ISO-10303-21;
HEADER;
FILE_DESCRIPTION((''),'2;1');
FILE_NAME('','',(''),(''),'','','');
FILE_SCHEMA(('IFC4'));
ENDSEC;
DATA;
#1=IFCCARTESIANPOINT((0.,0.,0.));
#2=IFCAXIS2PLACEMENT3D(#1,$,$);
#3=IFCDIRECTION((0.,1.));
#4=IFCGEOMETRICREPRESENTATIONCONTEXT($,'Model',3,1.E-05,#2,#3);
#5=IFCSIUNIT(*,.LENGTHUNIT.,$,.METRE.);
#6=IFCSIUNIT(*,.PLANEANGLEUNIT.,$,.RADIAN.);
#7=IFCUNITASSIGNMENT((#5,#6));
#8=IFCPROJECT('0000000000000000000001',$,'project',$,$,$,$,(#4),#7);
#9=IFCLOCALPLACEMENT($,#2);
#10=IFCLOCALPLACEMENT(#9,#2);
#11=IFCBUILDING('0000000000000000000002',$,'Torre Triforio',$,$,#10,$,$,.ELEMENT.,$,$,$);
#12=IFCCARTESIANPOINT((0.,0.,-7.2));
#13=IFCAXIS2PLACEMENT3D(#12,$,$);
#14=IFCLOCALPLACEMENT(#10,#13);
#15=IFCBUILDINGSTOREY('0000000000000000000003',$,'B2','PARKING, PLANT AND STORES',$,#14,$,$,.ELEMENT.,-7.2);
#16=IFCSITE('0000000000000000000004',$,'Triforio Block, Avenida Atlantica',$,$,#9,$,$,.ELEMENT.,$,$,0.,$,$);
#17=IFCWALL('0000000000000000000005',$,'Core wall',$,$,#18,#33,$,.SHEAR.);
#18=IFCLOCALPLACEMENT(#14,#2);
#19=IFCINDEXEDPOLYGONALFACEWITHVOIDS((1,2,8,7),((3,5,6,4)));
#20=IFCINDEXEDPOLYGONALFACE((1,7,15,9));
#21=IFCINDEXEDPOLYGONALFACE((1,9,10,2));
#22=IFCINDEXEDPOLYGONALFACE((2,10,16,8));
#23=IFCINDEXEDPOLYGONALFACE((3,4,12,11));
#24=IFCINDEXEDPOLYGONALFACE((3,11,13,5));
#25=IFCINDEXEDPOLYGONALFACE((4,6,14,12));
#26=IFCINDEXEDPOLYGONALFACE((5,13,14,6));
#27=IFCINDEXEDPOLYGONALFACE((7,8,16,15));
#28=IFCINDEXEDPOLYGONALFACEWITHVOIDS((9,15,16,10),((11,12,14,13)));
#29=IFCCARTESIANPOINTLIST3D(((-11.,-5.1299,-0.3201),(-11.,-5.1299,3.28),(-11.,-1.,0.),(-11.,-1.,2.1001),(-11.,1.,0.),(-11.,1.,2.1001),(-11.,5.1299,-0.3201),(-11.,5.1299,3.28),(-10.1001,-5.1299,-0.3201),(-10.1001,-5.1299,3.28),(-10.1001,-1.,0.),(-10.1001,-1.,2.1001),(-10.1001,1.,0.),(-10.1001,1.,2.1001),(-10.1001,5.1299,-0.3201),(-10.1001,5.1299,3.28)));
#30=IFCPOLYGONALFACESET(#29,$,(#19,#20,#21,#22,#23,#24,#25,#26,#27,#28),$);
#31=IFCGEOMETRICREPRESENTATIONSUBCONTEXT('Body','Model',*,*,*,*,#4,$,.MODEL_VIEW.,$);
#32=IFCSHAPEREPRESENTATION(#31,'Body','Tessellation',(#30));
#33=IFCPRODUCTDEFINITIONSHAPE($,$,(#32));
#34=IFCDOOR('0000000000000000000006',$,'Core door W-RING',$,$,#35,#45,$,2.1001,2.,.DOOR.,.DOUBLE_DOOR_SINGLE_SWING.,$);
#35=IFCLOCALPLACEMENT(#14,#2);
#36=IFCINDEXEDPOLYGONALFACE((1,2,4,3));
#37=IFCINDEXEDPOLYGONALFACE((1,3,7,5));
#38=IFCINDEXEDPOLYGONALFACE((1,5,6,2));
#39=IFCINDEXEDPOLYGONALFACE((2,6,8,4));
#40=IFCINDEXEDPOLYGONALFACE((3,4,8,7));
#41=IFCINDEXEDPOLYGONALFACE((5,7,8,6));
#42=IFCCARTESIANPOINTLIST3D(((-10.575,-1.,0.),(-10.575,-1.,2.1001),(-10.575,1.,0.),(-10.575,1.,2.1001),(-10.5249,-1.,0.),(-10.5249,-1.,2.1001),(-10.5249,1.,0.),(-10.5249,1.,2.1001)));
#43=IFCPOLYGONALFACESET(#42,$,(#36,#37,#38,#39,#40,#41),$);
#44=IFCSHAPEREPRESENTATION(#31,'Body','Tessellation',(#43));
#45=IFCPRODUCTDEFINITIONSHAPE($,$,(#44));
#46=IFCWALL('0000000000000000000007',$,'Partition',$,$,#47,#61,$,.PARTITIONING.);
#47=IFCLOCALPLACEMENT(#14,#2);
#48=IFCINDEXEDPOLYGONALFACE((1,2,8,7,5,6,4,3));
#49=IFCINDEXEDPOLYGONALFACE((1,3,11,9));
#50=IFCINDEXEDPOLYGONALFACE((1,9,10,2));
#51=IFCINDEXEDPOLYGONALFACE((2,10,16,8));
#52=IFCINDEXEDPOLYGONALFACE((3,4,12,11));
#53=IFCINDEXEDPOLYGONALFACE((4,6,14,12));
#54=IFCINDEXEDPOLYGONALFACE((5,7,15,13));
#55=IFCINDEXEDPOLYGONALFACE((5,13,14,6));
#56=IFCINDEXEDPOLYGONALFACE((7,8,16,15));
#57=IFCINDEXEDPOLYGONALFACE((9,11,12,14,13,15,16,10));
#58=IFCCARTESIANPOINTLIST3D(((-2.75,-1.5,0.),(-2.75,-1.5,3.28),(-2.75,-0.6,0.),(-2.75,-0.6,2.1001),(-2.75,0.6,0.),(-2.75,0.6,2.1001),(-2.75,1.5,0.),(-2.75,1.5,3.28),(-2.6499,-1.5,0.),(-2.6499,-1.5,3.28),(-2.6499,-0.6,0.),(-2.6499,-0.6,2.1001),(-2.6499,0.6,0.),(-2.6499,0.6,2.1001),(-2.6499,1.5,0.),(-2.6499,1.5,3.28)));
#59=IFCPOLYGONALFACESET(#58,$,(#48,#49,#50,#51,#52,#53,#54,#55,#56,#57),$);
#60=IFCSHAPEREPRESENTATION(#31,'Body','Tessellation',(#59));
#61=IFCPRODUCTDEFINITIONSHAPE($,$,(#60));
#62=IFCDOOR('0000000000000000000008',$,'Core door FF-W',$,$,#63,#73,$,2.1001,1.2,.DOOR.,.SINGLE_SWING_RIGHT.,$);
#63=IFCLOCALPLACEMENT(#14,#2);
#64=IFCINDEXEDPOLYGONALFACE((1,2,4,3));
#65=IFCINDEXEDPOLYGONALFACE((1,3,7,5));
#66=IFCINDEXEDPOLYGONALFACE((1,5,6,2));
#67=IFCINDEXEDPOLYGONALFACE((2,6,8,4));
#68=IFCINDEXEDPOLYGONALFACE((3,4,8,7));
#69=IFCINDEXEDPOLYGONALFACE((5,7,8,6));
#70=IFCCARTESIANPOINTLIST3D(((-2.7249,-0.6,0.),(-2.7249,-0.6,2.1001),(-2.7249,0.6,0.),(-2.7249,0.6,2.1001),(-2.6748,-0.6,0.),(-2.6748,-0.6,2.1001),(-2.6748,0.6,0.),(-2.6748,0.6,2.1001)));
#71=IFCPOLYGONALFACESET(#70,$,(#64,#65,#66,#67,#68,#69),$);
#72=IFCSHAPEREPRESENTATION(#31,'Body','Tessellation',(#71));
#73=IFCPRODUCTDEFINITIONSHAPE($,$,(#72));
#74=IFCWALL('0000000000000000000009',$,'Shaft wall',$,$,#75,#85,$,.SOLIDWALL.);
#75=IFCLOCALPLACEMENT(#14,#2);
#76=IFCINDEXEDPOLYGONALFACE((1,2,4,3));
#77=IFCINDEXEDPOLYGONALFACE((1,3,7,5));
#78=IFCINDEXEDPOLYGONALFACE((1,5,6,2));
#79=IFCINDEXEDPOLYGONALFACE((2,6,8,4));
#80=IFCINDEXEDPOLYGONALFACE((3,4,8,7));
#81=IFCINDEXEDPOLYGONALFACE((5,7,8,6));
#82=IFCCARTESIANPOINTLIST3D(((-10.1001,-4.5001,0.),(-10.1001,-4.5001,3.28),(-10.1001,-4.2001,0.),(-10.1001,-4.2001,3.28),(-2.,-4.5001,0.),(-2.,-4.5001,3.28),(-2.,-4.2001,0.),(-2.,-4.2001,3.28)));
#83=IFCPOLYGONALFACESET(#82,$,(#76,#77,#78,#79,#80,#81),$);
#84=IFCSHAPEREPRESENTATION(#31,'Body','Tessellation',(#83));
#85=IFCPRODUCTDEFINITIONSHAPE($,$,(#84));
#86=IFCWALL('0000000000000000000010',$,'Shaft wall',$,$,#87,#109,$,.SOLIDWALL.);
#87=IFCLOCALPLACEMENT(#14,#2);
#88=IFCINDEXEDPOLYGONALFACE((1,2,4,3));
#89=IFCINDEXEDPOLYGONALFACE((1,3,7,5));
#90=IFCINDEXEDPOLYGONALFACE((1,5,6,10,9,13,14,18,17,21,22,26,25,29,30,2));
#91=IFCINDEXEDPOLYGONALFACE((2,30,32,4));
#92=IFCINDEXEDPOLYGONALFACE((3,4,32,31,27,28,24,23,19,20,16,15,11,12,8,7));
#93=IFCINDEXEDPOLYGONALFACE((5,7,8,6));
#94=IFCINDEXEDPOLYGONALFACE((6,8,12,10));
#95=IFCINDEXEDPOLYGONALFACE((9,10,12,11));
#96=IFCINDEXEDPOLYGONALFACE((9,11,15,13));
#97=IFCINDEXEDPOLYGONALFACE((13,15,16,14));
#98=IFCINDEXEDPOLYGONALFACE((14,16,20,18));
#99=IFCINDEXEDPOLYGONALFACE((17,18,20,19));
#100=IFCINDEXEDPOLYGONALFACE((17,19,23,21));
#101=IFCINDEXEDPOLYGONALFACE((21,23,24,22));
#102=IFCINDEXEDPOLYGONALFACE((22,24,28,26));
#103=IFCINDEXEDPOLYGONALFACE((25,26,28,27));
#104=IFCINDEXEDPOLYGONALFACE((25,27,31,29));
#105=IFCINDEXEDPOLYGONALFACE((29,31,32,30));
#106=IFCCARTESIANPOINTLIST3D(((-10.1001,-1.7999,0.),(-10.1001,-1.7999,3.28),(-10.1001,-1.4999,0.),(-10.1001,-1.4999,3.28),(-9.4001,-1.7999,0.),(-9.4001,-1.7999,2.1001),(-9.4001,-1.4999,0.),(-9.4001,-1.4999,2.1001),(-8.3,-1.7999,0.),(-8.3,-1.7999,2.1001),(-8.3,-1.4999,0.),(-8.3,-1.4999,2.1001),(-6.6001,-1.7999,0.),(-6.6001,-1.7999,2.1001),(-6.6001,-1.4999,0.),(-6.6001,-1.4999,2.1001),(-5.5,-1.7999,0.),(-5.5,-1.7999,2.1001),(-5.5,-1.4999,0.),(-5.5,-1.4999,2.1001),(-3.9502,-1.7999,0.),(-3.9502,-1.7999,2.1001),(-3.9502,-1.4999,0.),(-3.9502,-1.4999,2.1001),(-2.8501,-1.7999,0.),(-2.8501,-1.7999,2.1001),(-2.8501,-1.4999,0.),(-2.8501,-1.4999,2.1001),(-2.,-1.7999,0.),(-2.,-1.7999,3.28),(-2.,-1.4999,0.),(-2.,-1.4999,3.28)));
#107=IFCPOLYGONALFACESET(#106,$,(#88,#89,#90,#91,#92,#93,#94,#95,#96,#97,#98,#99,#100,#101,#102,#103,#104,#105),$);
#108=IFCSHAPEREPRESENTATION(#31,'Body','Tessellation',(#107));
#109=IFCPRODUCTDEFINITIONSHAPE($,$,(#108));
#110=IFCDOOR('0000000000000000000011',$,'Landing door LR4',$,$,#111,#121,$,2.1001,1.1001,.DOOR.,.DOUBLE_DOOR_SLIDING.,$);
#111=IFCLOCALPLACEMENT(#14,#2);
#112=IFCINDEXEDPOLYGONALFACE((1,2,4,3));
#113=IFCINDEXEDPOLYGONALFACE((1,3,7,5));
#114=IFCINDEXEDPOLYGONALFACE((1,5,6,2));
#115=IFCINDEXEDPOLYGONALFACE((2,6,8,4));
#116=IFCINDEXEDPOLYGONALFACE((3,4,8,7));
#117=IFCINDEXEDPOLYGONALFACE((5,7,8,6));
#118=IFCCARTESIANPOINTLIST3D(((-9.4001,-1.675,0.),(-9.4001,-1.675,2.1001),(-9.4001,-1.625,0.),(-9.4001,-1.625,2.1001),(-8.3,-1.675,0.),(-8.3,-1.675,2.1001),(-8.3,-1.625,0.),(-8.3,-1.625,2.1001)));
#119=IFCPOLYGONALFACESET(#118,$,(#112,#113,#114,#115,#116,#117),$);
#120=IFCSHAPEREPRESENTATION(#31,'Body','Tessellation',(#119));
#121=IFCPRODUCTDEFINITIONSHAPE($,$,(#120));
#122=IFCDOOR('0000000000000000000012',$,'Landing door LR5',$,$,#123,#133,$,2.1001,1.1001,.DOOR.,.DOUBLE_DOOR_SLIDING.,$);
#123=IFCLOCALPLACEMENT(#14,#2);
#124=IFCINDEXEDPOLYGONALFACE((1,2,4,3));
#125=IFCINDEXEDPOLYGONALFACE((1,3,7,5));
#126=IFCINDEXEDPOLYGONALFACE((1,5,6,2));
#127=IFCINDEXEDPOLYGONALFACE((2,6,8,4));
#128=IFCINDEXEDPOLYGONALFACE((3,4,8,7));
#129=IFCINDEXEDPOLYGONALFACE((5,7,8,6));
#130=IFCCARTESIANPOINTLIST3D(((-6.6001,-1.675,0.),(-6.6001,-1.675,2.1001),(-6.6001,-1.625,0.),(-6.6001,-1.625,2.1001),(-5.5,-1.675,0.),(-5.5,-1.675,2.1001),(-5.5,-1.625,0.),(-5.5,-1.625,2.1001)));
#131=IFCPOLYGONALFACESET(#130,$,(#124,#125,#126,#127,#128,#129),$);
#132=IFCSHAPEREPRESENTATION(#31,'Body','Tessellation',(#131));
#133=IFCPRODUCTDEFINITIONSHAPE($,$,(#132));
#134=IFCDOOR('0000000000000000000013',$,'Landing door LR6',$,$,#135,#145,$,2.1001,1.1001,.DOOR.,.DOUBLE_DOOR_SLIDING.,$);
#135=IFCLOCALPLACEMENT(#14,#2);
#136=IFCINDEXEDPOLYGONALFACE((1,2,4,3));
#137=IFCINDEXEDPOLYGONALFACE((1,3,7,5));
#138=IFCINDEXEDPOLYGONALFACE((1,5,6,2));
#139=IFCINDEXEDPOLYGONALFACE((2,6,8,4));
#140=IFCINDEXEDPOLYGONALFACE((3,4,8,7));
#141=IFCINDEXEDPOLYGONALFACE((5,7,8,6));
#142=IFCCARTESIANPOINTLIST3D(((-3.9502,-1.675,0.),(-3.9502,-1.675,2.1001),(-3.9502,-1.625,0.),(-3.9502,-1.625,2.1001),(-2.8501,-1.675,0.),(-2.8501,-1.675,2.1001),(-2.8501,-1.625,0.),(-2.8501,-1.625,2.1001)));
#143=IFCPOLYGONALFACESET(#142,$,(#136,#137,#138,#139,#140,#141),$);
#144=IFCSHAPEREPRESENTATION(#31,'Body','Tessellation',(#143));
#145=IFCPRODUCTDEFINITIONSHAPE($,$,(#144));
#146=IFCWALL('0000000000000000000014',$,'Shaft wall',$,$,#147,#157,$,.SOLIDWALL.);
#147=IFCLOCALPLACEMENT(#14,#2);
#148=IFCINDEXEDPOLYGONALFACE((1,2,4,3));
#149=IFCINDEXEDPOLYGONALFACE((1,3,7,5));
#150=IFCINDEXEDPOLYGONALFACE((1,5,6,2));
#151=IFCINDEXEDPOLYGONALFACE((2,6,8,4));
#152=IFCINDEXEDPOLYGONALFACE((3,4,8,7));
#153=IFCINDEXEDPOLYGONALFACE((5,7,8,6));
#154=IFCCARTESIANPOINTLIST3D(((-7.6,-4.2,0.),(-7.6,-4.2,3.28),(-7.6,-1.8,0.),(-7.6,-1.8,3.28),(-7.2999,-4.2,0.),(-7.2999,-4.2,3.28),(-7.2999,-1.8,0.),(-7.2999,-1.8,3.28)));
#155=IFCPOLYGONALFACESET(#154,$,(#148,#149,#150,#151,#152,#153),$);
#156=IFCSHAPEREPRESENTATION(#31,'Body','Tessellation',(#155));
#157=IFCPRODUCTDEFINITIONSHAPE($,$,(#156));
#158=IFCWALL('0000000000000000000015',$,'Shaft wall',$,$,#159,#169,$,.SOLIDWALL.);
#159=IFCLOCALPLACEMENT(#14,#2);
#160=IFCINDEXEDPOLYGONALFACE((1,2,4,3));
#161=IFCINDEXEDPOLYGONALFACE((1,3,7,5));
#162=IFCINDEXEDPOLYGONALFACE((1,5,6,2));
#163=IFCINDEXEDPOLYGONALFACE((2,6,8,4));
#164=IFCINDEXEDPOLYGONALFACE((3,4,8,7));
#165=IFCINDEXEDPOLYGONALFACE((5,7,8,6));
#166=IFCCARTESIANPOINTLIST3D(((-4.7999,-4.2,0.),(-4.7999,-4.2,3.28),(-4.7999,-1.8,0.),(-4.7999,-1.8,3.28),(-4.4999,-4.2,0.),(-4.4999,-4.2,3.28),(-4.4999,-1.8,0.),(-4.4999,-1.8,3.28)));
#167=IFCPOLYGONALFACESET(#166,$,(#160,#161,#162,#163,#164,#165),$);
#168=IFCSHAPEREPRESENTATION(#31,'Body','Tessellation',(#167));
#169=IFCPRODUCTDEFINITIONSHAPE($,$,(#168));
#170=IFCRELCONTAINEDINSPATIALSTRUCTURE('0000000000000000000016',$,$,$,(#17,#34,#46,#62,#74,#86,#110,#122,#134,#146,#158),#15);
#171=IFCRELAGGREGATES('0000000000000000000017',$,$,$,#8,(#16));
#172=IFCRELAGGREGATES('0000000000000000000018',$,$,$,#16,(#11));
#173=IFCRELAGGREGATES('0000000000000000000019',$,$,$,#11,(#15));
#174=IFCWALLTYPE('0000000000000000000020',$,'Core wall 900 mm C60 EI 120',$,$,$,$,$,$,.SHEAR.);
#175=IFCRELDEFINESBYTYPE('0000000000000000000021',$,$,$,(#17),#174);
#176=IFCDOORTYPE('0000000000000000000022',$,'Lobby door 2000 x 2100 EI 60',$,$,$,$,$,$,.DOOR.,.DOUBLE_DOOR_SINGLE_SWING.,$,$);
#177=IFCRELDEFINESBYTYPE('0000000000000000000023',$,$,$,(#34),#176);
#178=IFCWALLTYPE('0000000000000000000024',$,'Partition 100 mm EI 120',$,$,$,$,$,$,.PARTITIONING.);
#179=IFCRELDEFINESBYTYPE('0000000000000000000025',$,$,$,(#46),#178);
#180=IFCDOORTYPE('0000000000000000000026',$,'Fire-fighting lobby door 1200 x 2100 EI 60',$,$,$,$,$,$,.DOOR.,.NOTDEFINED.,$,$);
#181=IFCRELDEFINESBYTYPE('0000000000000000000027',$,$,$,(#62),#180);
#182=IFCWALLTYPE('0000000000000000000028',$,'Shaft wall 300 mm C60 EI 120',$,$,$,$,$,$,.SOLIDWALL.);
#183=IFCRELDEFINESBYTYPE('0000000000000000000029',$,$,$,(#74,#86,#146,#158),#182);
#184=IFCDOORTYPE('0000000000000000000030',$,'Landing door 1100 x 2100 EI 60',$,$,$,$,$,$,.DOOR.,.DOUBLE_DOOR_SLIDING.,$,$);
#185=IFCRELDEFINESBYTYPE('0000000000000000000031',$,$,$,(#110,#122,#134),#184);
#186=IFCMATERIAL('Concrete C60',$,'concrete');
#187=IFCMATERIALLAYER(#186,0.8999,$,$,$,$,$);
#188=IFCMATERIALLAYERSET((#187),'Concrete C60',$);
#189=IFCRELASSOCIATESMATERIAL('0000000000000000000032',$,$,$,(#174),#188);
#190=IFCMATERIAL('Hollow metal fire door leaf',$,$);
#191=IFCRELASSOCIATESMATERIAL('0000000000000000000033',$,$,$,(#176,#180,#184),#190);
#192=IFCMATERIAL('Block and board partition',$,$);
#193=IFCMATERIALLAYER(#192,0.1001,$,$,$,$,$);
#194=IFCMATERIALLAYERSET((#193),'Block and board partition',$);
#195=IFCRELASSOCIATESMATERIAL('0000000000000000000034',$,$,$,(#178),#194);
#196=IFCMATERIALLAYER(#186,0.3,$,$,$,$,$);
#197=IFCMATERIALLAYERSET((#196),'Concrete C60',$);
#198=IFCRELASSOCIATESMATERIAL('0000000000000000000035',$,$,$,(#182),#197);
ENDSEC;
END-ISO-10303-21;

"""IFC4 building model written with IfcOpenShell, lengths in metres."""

from ifc_helpers import new_model, si_unit, direction, frame, frame_2d, origin, place, context, subcontext, project, spatial, rectangle, extrude, material, layer, layer_set, type_object, element, fill, save


model = new_model("IFC4")

# Units and contexts
model_context = context("Model", 3, precision=1e-05, world=origin(), true_north=direction((0.0, 1.0)))
body_context = subcontext(model_context, "Body", "Model", "MODEL_VIEW")
ifc_project = project(units=[si_unit("LENGTHUNIT", "METRE"), si_unit("PLANEANGLEUNIT", "RADIAN")], contexts=[model_context])

# Site, building, storey
site_placement = place(None, origin())
site = spatial("IfcSite", under=ifc_project, at=site_placement, Name="Triforio Block, Avenida Atlantica", CompositionType="ELEMENT", RefElevation=0.0)
building_placement = place(site_placement, origin())
building = spatial("IfcBuilding", under=site, at=building_placement, Name="Torre Triforio", CompositionType="ELEMENT")
storey_placement = place(building_placement, frame((0.0, 0.0, -7.2)))
storey = spatial("IfcBuildingStorey", under=building, at=storey_placement, Name="B2", Description="PARKING, PLANT AND STORES", CompositionType="ELEMENT", Elevation=-7.2)

# Walls, openings, doors
ifc_material_1 = material(Name="Concrete C60", Category="concrete")
ifc_layer_1 = layer(ifc_material_1, 0.8999)
ifc_layer_set_1 = layer_set([ifc_layer_1], Name="Concrete C60")
wall_type_1 = type_object("IfcWallType", Name="Core wall 900 mm C60 EI 120", PredefinedType="SHEAR", material=ifc_layer_set_1)
wall_1_placement = place(storey_placement, frame((-10.55, -5.1299, -0.3201), z_axis=(0.0, 0.0, 1.0), x_axis=(0.0, 1.0, 0.0)))
wall_1 = element("IfcWall", 1, at=wall_1_placement, inside=storey, type_object=wall_type_1, Name="Core wall", PredefinedType="SHEAR", context=body_context, shape_type="SweptSolid", body=[
    extrude(rectangle(XDim=10.2598, YDim=0.8999, at=frame_2d((5.1299, 0.0))), origin(), (0.0, 0.0, 1.0), 3.6001),
])
opening_1_placement = place(wall_1_placement, frame((4.1299, 0.0, 0.3201)))
opening_1 = element("IfcOpeningElement", 2, at=opening_1_placement, cuts=wall_1, PredefinedType="OPENING", context=body_context, shape_type="SweptSolid", body=[
    extrude(rectangle(XDim=2.0, YDim=2.1001, at=frame_2d((1.0, 1.05))), frame((0.0, 0.46, 0.0), z_axis=(0.0, -1.0, 0.0), x_axis=(1.0, 0.0, 0.0)), (0.0, 0.0, 1.0), 0.9199),
])
ifc_material_2 = material(Name="Hollow metal fire door leaf")
door_type_1 = type_object("IfcDoorType", Name="Lobby door 2000 x 2100 EI 60", OperationType="DOUBLE_DOOR_SINGLE_SWING", PredefinedType="DOOR", material=ifc_material_2)
door_1_placement = place(opening_1_placement, origin())
door_1 = element("IfcDoor", 3, at=door_1_placement, inside=storey, type_object=door_type_1, Name="Core door W-RING", OperationType="DOUBLE_DOOR_SINGLE_SWING", OverallHeight=2.1001, OverallWidth=2.0, PredefinedType="DOOR", context=body_context, shape_type="SweptSolid", body=[
    extrude(rectangle(XDim=2.0, YDim=2.1001, at=frame_2d((1.0, 1.05))), frame((0.0, 0.0249, 0.0), z_axis=(0.0, -1.0, 0.0), x_axis=(1.0, 0.0, 0.0)), (0.0, 0.0, 1.0), 0.05),
])
fill(opening_1, door_1)
ifc_material_3 = material(Name="Block and board partition")
ifc_layer_2 = layer(ifc_material_3, 0.1001)
ifc_layer_set_2 = layer_set([ifc_layer_2], Name="Block and board partition")
wall_type_2 = type_object("IfcWallType", Name="Partition 100 mm EI 120", PredefinedType="PARTITIONING", material=ifc_layer_set_2)
wall_2_placement = place(storey_placement, frame((-2.7, -1.5, 0.0), z_axis=(0.0, 0.0, 1.0), x_axis=(0.0, 1.0, 0.0)))
wall_2 = element("IfcWall", 4, at=wall_2_placement, inside=storey, type_object=wall_type_2, Name="Partition", PredefinedType="PARTITIONING", context=body_context, shape_type="SweptSolid", body=[
    extrude(rectangle(XDim=3.0, YDim=0.1001, at=frame_2d((1.5, 0.0))), origin(), (0.0, 0.0, 1.0), 3.28),
])
opening_2_placement = place(wall_2_placement, frame((0.8999, 0.0, 0.0)))
opening_2 = element("IfcOpeningElement", 5, at=opening_2_placement, cuts=wall_2, PredefinedType="OPENING", context=body_context, shape_type="SweptSolid", body=[
    extrude(rectangle(XDim=1.2, YDim=2.1001, at=frame_2d((0.6001, 1.05))), frame((0.0, 0.0601, 0.0), z_axis=(0.0, -1.0, 0.0), x_axis=(1.0, 0.0, 0.0)), (0.0, 0.0, 1.0), 0.1201),
])
door_type_2 = type_object("IfcDoorType", Name="Fire-fighting lobby door 1200 x 2100 EI 60", OperationType="NOTDEFINED", PredefinedType="DOOR", material=ifc_material_2)
door_2_placement = place(opening_2_placement, origin())
door_2 = element("IfcDoor", 6, at=door_2_placement, inside=storey, type_object=door_type_2, Name="Core door FF-W", OperationType="SINGLE_SWING_RIGHT", OverallHeight=2.1001, OverallWidth=1.2, PredefinedType="DOOR", context=body_context, shape_type="SweptSolid", body=[
    extrude(rectangle(XDim=1.2, YDim=2.1001, at=frame_2d((0.6001, 1.05))), frame((0.0, 0.0249, 0.0), z_axis=(0.0, -1.0, 0.0), x_axis=(1.0, 0.0, 0.0)), (0.0, 0.0, 1.0), 0.05),
])
fill(opening_2, door_2)

# Wall
ifc_layer_3 = layer(ifc_material_1, 0.3)
ifc_layer_set_3 = layer_set([ifc_layer_3], Name="Concrete C60")
wall_type_3 = type_object("IfcWallType", Name="Shaft wall 300 mm C60 EI 120", PredefinedType="SOLIDWALL", material=ifc_layer_set_3)
wall_3_placement = place(storey_placement, frame((-10.1001, -4.3501, 0.0), z_axis=(0.0, 0.0, 1.0), x_axis=(1.0, 0.0, 0.0)))
element("IfcWall", 7, at=wall_3_placement, inside=storey, type_object=wall_type_3, Name="Shaft wall", PredefinedType="SOLIDWALL", context=body_context, shape_type="SweptSolid", body=[
    extrude(rectangle(XDim=8.1001, YDim=0.3, at=frame_2d((4.05, 0.0))), origin(), (0.0, 0.0, 1.0), 3.28),
])

# Wall, openings, doors
wall_4_placement = place(storey_placement, frame((-10.1001, -1.6499, 0.0), z_axis=(0.0, 0.0, 1.0), x_axis=(1.0, 0.0, 0.0)))
wall_4 = element("IfcWall", 8, at=wall_4_placement, inside=storey, type_object=wall_type_3, Name="Shaft wall", PredefinedType="SOLIDWALL", context=body_context, shape_type="SweptSolid", body=[
    extrude(rectangle(XDim=8.1001, YDim=0.3, at=frame_2d((4.05, 0.0))), origin(), (0.0, 0.0, 1.0), 3.28),
])
opening_3_placement = place(wall_4_placement, frame((0.7, 0.0, 0.0)))
opening_3 = element("IfcOpeningElement", 9, at=opening_3_placement, cuts=wall_4, PredefinedType="OPENING", context=body_context, shape_type="SweptSolid", body=[
    extrude(rectangle(XDim=1.1001, YDim=2.1001, at=frame_2d((0.55, 1.05))), frame((0.0, 0.1599, 0.0), z_axis=(0.0, -1.0, 0.0), x_axis=(1.0, 0.0, 0.0)), (0.0, 0.0, 1.0), 0.3201),
])
opening_4_placement = place(wall_4_placement, frame((3.5, 0.0, 0.0)))
opening_4 = element("IfcOpeningElement", 10, at=opening_4_placement, cuts=wall_4, PredefinedType="OPENING", context=body_context, shape_type="SweptSolid", body=[
    extrude(rectangle(XDim=1.1001, YDim=2.1001, at=frame_2d((0.55, 1.05))), frame((0.0, 0.1599, 0.0), z_axis=(0.0, -1.0, 0.0), x_axis=(1.0, 0.0, 0.0)), (0.0, 0.0, 1.0), 0.3201),
])
opening_5_placement = place(wall_4_placement, frame((6.1499, 0.0, 0.0)))
opening_5 = element("IfcOpeningElement", 11, at=opening_5_placement, cuts=wall_4, PredefinedType="OPENING", context=body_context, shape_type="SweptSolid", body=[
    extrude(rectangle(XDim=1.1001, YDim=2.1001, at=frame_2d((0.55, 1.05))), frame((0.0, 0.1599, 0.0), z_axis=(0.0, -1.0, 0.0), x_axis=(1.0, 0.0, 0.0)), (0.0, 0.0, 1.0), 0.3201),
])
door_type_3 = type_object("IfcDoorType", Name="Landing door 1100 x 2100 EI 60", OperationType="DOUBLE_DOOR_SLIDING", PredefinedType="DOOR", material=ifc_material_2)
door_3_placement = place(opening_3_placement, origin())
door_3 = element("IfcDoor", 12, at=door_3_placement, inside=storey, type_object=door_type_3, Name="Landing door LR4", OperationType="DOUBLE_DOOR_SLIDING", OverallHeight=2.1001, OverallWidth=1.1001, PredefinedType="DOOR", context=body_context, shape_type="SweptSolid", body=[
    extrude(rectangle(XDim=1.1001, YDim=2.1001, at=frame_2d((0.55, 1.05))), frame((0.0, 0.0249, 0.0), z_axis=(0.0, -1.0, 0.0), x_axis=(1.0, 0.0, 0.0)), (0.0, 0.0, 1.0), 0.05),
])
fill(opening_3, door_3)
door_4_placement = place(opening_4_placement, origin())
door_4 = element("IfcDoor", 13, at=door_4_placement, inside=storey, type_object=door_type_3, Name="Landing door LR5", OperationType="DOUBLE_DOOR_SLIDING", OverallHeight=2.1001, OverallWidth=1.1001, PredefinedType="DOOR", context=body_context, shape_type="SweptSolid", body=[
    extrude(rectangle(XDim=1.1001, YDim=2.1001, at=frame_2d((0.55, 1.05))), frame((0.0, 0.0249, 0.0), z_axis=(0.0, -1.0, 0.0), x_axis=(1.0, 0.0, 0.0)), (0.0, 0.0, 1.0), 0.05),
])
fill(opening_4, door_4)
door_5_placement = place(opening_5_placement, origin())
door_5 = element("IfcDoor", 14, at=door_5_placement, inside=storey, type_object=door_type_3, Name="Landing door LR6", OperationType="DOUBLE_DOOR_SLIDING", OverallHeight=2.1001, OverallWidth=1.1001, PredefinedType="DOOR", context=body_context, shape_type="SweptSolid", body=[
    extrude(rectangle(XDim=1.1001, YDim=2.1001, at=frame_2d((0.55, 1.05))), frame((0.0, 0.0249, 0.0), z_axis=(0.0, -1.0, 0.0), x_axis=(1.0, 0.0, 0.0)), (0.0, 0.0, 1.0), 0.05),
])
fill(opening_5, door_5)

# Walls
for number, where, z_axis, x_axis, name in (
    (15, (-7.45, -4.2, 0.0), (0.0, 0.0, 1.0), (0.0, 1.0, 0.0), "Shaft wall"),
    (16, (-4.6499, -4.2, 0.0), (0.0, 0.0, 1.0), (0.0, 1.0, 0.0), "Shaft wall"),
):
    element("IfcWall", number, at=place(storey_placement, frame(where, z_axis=z_axis, x_axis=x_axis)), inside=storey, type_object=wall_type_3, Name=name, PredefinedType="SOLIDWALL", context=body_context, shape_type="SweptSolid", body=[
        extrude(rectangle(XDim=2.3999, YDim=0.3, at=frame_2d((1.2, 0.0))), origin(), (0.0, 0.0, 1.0), 3.28),
    ])

save(model, "model.ifc")
